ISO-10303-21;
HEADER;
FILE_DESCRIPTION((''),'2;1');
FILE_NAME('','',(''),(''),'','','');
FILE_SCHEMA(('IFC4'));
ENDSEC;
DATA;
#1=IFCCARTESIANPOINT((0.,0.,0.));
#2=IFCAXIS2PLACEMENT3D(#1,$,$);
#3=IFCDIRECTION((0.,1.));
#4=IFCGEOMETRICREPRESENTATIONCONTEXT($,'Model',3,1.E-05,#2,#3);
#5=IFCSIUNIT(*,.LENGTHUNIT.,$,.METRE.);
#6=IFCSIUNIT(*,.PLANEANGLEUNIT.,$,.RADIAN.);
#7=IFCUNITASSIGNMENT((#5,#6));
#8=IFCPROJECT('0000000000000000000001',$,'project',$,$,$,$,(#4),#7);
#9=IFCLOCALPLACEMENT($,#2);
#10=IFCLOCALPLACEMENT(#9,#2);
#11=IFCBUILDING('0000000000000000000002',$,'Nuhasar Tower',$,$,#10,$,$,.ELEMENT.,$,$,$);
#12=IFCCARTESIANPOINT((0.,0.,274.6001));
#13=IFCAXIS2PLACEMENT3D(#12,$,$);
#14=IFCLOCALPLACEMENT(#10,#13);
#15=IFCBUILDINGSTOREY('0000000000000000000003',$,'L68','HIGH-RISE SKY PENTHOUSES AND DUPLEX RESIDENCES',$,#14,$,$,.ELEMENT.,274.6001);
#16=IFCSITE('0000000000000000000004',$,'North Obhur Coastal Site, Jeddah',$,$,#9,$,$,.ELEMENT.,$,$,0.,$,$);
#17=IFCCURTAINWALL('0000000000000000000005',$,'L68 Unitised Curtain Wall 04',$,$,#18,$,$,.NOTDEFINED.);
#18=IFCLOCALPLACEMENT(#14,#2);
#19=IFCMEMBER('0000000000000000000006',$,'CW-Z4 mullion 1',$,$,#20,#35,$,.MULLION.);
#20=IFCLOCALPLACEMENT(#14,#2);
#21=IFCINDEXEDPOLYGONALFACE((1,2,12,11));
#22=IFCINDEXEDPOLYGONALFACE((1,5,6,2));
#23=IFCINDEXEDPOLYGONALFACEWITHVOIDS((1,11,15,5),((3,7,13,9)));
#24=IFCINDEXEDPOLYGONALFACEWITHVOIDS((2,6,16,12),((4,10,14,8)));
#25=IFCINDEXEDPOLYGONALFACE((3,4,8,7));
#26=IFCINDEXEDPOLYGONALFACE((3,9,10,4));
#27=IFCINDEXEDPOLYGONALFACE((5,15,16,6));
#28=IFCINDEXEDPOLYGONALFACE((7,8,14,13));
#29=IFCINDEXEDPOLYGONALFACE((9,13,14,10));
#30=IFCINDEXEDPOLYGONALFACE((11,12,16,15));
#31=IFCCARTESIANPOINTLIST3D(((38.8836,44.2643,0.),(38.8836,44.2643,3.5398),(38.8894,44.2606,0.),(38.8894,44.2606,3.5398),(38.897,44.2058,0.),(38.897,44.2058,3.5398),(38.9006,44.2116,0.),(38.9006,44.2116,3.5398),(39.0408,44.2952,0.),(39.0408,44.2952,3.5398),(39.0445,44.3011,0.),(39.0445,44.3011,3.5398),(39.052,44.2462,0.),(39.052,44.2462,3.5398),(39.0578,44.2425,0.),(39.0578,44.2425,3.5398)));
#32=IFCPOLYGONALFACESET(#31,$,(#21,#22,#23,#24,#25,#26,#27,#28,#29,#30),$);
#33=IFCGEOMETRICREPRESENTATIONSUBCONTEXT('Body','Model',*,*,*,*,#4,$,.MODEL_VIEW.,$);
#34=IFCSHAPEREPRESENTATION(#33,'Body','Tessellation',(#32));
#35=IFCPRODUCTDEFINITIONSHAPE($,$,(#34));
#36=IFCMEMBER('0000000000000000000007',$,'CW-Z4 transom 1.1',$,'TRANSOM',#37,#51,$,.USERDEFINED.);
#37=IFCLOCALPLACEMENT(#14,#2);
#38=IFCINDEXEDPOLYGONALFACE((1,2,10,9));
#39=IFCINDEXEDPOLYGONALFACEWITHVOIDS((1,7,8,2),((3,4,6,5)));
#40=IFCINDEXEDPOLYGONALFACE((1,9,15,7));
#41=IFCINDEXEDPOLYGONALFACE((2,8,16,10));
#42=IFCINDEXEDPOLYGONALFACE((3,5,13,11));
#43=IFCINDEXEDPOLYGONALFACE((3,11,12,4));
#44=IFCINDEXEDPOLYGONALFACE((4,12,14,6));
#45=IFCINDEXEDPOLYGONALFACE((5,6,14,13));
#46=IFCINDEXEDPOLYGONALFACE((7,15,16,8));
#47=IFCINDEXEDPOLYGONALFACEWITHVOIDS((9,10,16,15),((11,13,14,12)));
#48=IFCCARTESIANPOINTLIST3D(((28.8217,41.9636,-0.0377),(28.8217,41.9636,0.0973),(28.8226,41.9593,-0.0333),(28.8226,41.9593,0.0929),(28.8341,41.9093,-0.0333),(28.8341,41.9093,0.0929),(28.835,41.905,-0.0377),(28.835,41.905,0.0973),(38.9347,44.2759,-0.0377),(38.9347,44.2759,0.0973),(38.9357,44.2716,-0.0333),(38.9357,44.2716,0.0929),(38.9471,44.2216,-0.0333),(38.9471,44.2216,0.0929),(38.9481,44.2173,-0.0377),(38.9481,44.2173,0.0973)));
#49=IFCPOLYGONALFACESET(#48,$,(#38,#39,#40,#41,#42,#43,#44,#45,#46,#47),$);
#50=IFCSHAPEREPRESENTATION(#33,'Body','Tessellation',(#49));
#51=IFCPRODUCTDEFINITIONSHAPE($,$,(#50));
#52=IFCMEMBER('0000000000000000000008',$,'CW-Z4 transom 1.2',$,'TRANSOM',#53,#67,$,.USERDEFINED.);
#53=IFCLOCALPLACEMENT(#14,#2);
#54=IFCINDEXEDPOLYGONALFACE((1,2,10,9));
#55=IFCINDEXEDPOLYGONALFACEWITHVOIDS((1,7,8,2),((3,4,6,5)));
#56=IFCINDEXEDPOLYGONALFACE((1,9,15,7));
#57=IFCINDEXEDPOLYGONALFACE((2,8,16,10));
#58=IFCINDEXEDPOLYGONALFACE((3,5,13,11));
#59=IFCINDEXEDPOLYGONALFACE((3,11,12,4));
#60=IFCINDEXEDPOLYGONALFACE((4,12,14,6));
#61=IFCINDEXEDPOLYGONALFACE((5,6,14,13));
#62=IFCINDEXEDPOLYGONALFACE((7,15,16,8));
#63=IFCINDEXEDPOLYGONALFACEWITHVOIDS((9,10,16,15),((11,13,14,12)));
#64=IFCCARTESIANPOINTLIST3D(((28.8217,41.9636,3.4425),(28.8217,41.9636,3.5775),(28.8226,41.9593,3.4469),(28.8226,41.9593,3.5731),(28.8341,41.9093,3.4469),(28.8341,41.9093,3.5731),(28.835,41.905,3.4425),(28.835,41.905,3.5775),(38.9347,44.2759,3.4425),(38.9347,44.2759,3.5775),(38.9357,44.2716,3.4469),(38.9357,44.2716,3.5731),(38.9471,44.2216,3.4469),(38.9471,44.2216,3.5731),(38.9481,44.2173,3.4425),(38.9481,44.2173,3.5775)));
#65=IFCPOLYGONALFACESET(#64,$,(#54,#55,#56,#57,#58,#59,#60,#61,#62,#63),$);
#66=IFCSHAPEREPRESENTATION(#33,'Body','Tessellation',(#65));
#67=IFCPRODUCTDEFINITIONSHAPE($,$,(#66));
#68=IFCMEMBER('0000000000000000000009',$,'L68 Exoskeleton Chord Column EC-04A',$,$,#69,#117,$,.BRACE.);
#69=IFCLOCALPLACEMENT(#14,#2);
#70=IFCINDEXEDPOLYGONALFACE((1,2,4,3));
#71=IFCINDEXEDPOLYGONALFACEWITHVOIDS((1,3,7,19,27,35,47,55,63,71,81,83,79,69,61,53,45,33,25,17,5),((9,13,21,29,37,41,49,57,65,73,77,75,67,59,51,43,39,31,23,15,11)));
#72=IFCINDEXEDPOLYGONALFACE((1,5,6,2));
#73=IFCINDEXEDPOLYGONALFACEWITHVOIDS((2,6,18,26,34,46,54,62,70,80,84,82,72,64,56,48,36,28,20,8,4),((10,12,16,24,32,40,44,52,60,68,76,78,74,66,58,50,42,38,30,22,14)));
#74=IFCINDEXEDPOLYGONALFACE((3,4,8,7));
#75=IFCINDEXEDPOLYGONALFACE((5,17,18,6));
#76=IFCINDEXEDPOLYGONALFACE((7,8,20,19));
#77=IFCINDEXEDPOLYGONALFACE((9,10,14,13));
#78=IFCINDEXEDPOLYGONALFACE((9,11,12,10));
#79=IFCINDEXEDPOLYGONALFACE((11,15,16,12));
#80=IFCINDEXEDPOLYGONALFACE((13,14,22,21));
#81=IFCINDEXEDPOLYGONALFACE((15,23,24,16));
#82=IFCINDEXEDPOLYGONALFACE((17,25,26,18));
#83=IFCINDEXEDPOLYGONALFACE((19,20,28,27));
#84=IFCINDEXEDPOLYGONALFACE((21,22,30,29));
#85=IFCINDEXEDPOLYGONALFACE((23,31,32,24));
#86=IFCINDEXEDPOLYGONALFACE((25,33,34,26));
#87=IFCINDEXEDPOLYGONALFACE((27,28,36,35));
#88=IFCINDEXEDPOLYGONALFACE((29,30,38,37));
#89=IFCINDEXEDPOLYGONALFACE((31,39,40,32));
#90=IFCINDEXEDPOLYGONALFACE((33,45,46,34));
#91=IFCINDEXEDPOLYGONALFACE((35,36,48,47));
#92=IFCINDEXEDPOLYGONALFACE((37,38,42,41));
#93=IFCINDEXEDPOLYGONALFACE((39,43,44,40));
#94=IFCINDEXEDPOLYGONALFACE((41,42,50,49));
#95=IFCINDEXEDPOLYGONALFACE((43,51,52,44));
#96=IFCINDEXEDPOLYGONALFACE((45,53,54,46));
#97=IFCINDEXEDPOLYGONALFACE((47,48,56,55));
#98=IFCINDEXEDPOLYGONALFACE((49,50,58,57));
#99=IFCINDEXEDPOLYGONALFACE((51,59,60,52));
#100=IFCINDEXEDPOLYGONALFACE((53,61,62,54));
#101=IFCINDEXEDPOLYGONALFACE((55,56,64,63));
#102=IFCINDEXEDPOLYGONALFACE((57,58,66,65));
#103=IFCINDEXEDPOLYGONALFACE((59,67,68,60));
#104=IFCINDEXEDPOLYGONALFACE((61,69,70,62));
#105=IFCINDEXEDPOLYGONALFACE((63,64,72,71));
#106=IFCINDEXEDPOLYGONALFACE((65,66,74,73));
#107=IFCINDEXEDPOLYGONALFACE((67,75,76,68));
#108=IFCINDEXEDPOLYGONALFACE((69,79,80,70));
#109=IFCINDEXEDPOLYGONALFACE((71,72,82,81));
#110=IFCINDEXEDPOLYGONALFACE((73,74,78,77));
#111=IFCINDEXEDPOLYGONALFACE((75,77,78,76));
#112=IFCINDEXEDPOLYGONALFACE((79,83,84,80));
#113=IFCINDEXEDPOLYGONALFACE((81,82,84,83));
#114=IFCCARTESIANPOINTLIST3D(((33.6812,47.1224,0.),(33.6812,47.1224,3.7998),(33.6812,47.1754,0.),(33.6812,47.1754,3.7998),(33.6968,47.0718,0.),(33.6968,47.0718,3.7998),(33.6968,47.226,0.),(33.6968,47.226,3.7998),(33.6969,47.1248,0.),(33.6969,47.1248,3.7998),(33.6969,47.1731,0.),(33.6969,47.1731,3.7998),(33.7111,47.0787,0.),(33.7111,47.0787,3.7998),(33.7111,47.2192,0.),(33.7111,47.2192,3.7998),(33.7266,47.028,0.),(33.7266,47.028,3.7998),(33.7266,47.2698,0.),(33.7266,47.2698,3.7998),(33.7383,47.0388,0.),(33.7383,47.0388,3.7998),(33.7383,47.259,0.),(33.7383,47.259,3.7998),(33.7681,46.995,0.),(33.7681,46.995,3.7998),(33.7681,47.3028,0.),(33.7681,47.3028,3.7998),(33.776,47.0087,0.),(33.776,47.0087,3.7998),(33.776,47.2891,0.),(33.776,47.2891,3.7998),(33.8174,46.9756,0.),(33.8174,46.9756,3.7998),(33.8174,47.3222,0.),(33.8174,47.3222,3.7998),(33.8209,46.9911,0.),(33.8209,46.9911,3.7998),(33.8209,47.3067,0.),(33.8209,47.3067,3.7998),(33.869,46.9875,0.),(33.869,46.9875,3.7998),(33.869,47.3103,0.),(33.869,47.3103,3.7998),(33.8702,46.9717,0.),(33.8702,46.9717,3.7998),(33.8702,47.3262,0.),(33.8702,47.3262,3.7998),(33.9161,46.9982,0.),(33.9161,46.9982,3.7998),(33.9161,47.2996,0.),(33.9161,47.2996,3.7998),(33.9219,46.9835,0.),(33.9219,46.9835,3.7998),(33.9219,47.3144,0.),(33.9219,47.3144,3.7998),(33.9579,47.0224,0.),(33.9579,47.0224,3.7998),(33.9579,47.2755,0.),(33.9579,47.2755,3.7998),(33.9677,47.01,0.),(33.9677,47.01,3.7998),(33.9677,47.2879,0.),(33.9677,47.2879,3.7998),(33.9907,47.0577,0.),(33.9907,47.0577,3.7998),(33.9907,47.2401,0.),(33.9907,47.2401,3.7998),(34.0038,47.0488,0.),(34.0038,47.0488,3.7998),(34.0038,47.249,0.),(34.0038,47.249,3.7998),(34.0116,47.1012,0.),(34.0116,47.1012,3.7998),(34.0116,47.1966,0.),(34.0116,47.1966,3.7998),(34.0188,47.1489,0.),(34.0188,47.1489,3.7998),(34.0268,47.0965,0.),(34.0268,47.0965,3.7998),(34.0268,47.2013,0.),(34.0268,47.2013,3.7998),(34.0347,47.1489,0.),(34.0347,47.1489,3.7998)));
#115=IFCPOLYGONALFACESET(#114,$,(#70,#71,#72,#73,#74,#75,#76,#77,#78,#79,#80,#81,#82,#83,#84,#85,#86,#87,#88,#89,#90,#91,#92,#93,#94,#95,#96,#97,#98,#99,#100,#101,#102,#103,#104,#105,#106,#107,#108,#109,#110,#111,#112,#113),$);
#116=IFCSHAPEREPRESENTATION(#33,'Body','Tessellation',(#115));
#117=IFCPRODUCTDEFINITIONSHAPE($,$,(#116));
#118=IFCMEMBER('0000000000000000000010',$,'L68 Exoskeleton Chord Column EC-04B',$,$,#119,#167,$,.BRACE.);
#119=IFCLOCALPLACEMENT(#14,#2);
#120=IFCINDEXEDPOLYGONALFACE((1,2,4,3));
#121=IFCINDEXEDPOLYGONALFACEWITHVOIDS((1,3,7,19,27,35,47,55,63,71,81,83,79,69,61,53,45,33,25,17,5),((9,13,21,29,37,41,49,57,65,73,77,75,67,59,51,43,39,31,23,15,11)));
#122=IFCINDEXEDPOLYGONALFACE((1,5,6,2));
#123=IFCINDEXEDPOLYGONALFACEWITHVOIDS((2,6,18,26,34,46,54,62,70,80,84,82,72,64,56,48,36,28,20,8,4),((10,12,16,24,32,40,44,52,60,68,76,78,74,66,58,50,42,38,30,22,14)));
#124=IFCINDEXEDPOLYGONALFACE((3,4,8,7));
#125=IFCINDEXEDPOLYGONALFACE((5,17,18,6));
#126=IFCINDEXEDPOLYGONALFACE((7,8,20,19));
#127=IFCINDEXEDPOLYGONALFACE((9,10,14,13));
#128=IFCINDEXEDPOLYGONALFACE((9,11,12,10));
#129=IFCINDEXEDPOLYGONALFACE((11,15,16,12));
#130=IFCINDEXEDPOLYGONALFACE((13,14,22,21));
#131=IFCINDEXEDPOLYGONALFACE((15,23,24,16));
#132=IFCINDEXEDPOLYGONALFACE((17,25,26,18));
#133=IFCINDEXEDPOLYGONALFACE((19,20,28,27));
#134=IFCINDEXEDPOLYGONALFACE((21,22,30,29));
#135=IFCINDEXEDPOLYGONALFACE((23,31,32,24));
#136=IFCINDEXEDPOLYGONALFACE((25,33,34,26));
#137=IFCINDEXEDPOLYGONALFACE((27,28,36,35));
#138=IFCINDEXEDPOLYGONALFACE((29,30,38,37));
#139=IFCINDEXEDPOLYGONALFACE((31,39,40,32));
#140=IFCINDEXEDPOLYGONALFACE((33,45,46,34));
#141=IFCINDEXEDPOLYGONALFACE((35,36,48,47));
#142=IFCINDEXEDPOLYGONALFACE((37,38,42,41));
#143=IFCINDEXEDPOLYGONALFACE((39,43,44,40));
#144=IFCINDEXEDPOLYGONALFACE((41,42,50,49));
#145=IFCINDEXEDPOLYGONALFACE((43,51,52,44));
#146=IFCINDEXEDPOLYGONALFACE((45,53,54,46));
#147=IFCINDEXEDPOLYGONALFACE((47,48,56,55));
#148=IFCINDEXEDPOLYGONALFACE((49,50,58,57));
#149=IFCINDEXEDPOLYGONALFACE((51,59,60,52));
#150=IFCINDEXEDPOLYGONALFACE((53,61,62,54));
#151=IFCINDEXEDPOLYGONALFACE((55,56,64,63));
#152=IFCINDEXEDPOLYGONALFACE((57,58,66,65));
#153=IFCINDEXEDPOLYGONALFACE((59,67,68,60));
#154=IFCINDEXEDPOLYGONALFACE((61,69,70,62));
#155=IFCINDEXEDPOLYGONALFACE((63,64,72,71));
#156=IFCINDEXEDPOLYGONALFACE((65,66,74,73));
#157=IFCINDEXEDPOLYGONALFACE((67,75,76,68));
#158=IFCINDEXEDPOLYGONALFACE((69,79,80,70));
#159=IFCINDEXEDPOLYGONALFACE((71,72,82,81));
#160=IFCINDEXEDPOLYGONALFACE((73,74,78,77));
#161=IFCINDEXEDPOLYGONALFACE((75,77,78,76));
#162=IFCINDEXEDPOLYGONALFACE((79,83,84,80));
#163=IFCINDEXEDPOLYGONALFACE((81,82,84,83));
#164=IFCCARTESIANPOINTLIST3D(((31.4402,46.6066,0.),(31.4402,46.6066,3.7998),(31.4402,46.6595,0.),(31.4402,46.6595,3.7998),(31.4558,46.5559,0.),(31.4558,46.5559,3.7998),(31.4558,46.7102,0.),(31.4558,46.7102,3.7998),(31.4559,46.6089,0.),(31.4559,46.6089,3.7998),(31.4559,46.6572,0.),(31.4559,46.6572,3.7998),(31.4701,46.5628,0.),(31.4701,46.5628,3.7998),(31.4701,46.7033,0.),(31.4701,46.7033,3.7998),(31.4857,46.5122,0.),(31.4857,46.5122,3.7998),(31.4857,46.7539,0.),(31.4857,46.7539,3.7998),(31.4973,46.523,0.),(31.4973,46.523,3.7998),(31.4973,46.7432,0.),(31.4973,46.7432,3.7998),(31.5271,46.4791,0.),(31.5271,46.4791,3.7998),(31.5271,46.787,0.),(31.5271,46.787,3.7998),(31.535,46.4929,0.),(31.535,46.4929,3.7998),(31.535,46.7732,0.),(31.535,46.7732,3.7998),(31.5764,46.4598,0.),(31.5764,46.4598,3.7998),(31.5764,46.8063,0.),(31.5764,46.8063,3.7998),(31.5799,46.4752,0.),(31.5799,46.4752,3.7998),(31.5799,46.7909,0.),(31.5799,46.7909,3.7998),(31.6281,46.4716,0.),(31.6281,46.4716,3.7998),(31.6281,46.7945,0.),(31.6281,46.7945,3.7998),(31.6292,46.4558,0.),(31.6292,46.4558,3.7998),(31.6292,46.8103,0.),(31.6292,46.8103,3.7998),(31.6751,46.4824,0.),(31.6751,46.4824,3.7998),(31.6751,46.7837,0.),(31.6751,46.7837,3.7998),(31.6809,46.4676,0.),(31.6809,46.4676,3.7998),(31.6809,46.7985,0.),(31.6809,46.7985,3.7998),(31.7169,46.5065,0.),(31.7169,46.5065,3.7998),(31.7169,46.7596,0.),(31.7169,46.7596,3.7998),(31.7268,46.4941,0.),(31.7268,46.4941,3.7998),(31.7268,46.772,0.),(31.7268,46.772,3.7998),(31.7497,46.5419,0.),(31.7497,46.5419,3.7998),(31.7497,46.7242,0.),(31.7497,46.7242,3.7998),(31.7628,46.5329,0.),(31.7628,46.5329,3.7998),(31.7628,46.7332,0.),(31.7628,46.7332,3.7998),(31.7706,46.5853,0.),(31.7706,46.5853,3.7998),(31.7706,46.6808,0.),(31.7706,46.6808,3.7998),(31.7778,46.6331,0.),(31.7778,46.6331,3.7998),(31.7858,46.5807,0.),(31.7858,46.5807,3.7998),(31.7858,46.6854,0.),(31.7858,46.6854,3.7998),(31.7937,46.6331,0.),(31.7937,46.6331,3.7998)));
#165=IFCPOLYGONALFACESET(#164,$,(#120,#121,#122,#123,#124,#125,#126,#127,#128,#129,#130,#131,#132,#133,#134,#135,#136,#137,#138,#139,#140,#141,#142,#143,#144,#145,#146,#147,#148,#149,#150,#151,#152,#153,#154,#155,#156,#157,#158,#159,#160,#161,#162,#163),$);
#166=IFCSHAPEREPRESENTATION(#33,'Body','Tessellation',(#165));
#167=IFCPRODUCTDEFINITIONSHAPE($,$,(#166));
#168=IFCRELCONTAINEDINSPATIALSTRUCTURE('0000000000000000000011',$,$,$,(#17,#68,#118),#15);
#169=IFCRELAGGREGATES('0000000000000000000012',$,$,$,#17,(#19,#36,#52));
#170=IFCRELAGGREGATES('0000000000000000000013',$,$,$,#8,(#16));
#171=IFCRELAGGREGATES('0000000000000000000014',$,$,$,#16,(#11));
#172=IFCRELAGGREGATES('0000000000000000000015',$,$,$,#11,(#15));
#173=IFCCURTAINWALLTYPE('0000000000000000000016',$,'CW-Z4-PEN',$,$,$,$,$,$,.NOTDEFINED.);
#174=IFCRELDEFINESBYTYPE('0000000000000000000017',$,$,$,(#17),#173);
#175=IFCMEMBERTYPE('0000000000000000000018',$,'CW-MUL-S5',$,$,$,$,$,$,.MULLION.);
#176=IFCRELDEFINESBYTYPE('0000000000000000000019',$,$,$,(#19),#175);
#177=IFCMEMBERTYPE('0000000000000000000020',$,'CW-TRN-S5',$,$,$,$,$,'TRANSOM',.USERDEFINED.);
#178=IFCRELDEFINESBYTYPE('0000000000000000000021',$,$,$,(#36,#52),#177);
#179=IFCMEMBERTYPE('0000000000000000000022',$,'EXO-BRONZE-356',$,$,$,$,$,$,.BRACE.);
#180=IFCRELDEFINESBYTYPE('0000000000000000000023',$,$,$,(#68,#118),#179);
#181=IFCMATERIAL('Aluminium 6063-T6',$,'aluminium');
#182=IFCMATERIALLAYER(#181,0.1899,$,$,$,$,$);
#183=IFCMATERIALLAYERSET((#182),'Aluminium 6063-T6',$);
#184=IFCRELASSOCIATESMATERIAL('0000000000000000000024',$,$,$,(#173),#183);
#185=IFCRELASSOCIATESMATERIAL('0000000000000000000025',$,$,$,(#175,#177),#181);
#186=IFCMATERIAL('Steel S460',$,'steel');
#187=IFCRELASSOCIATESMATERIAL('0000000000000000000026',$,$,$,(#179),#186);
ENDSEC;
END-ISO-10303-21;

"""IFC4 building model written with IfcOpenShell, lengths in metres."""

from ifc_helpers import new_model, si_unit, direction, frame, origin, origin_2d, place, context, subcontext, project, spatial, hollow_rectangle, hollow_circle, extrude, material, layer, layer_set, material_profile, profile_set, type_object, element, aggregate, save


model = new_model("IFC4")

# Units and contexts
model_context = context("Model", 3, precision=1e-05, world=origin(), true_north=direction((0.0, 1.0)))
body_context = subcontext(model_context, "Body", "Model", "MODEL_VIEW")
ifc_project = project(units=[si_unit("LENGTHUNIT", "METRE"), si_unit("PLANEANGLEUNIT", "RADIAN")], contexts=[model_context])

# Site, building, storey
site_placement = place(None, origin())
site = spatial("IfcSite", under=ifc_project, at=site_placement, Name="North Obhur Coastal Site, Jeddah", CompositionType="ELEMENT", RefElevation=0.0)
building_placement = place(site_placement, origin())
building = spatial("IfcBuilding", under=site, at=building_placement, Name="Nuhasar Tower", CompositionType="ELEMENT")
storey_placement = place(building_placement, frame((0.0, 0.0, 274.6001)))
storey = spatial("IfcBuildingStorey", under=building, at=storey_placement, Name="L68", Description="HIGH-RISE SKY PENTHOUSES AND DUPLEX RESIDENCES", CompositionType="ELEMENT", Elevation=274.6001)

# Curtain wall, members
ifc_material_1 = material(Name="Aluminium 6063-T6", Category="aluminium")
ifc_layer_1 = layer(ifc_material_1, 0.1899)
ifc_layer_set_1 = layer_set([ifc_layer_1], Name="Aluminium 6063-T6")
curtain_wall_type = type_object("IfcCurtainWallType", Name="CW-Z4-PEN", PredefinedType="NOTDEFINED", material=ifc_layer_set_1)
curtain_wall_placement = place(storey_placement, origin())
curtain_wall = element("IfcCurtainWall", 1, at=curtain_wall_placement, inside=storey, type_object=curtain_wall_type, Name="L68 Unitised Curtain Wall 04", PredefinedType="NOTDEFINED")
ifc_material_profile_1 = material_profile(ifc_material_1, hollow_rectangle(XDim=0.0601, YDim=0.165, WallThickness=0.0049, at=origin_2d()), Name="CWM-5")
ifc_profile_set_1 = profile_set([ifc_material_profile_1], Name="Aluminium 6063-T6")
member_type_1 = type_object("IfcMemberType", Name="CW-MUL-S5", PredefinedType="MULLION", material=ifc_profile_set_1)
member_1_placement = place(storey_placement, frame((38.9707, 44.2534, 0.0), z_axis=(0.0, 0.0, 1.0), x_axis=(0.222889, -0.974844, 0.0)))
member_1 = element("IfcMember", 2, at=member_1_placement, type_object=member_type_1, Name="CW-Z4 mullion 1", PredefinedType="MULLION", context=body_context, shape_type="SweptSolid", body=[
    extrude(hollow_rectangle(XDim=0.0601, YDim=0.165, WallThickness=0.0049, at=origin_2d()), origin(), (0.0, 0.0, 1.0), 3.5398),
])
ifc_material_profile_2 = material_profile(ifc_material_1, hollow_rectangle(XDim=0.0601, YDim=0.135, WallThickness=0.0044, at=origin_2d()), Name="CWT-5")
ifc_profile_set_2 = profile_set([ifc_material_profile_2], Name="Aluminium 6063-T6")
member_type_2 = type_object("IfcMemberType", Name="CW-TRN-S5", ElementType="TRANSOM", PredefinedType="USERDEFINED", material=ifc_profile_set_2)
member_2_placement = place(storey_placement, frame((38.9414, 44.2466, 0.0298), z_axis=(-0.974844, -0.222889, 0.0), x_axis=(0.222889, -0.974844, 0.0)))
member_2 = element("IfcMember", 3, at=member_2_placement, type_object=member_type_2, Name="CW-Z4 transom 1.1", ObjectType="TRANSOM", PredefinedType="USERDEFINED", context=body_context, shape_type="SweptSolid", body=[
    extrude(hollow_rectangle(XDim=0.0601, YDim=0.135, WallThickness=0.0044, at=origin_2d()), origin(), (0.0, 0.0, 1.0), 10.374),
])
member_3_placement = place(storey_placement, frame((38.9414, 44.2466, 3.51), z_axis=(-0.974844, -0.222889, 0.0), x_axis=(0.222889, -0.974844, 0.0)))
member_3 = element("IfcMember", 4, at=member_3_placement, type_object=member_type_2, Name="CW-Z4 transom 1.2", ObjectType="TRANSOM", PredefinedType="USERDEFINED", context=body_context, shape_type="SweptSolid", body=[
    extrude(hollow_rectangle(XDim=0.0601, YDim=0.135, WallThickness=0.0044, at=origin_2d()), origin(), (0.0, 0.0, 1.0), 10.374),
])

# Members
ifc_material_2 = material(Name="Steel S460", Category="steel")
ifc_material_profile_3 = material_profile(ifc_material_2, hollow_circle(Radius=0.1777, WallThickness=0.0159, at=origin_2d()), Name="HSS355.6X15.9")
ifc_profile_set_3 = profile_set([ifc_material_profile_3], Name="Steel S460")
member_type_3 = type_object("IfcMemberType", Name="EXO-BRONZE-356", PredefinedType="BRACE", material=ifc_profile_set_3)
for number, where, z_axis, x_axis, name in (
    (5, (33.8569, 47.1489, 0.0), (0.0, 0.0, 1.0), (1.0, 0.0, 0.0), "L68 Exoskeleton Chord Column EC-04A"),
    (6, (31.616, 46.6331, 0.0), (0.0, 0.0, 1.0), (1.0, 0.0, 0.0), "L68 Exoskeleton Chord Column EC-04B"),
):
    element("IfcMember", number, at=place(storey_placement, frame(where, z_axis=z_axis, x_axis=x_axis)), inside=storey, type_object=member_type_3, Name=name, PredefinedType="BRACE", context=body_context, shape_type="SweptSolid", body=[
        extrude(hollow_circle(Radius=0.1777, WallThickness=0.0159, at=origin_2d()), origin(), (0.0, 0.0, 1.0), 3.7998),
    ])

aggregate(curtain_wall, [member_1, member_2, member_3])

save(model, "model.ifc")
